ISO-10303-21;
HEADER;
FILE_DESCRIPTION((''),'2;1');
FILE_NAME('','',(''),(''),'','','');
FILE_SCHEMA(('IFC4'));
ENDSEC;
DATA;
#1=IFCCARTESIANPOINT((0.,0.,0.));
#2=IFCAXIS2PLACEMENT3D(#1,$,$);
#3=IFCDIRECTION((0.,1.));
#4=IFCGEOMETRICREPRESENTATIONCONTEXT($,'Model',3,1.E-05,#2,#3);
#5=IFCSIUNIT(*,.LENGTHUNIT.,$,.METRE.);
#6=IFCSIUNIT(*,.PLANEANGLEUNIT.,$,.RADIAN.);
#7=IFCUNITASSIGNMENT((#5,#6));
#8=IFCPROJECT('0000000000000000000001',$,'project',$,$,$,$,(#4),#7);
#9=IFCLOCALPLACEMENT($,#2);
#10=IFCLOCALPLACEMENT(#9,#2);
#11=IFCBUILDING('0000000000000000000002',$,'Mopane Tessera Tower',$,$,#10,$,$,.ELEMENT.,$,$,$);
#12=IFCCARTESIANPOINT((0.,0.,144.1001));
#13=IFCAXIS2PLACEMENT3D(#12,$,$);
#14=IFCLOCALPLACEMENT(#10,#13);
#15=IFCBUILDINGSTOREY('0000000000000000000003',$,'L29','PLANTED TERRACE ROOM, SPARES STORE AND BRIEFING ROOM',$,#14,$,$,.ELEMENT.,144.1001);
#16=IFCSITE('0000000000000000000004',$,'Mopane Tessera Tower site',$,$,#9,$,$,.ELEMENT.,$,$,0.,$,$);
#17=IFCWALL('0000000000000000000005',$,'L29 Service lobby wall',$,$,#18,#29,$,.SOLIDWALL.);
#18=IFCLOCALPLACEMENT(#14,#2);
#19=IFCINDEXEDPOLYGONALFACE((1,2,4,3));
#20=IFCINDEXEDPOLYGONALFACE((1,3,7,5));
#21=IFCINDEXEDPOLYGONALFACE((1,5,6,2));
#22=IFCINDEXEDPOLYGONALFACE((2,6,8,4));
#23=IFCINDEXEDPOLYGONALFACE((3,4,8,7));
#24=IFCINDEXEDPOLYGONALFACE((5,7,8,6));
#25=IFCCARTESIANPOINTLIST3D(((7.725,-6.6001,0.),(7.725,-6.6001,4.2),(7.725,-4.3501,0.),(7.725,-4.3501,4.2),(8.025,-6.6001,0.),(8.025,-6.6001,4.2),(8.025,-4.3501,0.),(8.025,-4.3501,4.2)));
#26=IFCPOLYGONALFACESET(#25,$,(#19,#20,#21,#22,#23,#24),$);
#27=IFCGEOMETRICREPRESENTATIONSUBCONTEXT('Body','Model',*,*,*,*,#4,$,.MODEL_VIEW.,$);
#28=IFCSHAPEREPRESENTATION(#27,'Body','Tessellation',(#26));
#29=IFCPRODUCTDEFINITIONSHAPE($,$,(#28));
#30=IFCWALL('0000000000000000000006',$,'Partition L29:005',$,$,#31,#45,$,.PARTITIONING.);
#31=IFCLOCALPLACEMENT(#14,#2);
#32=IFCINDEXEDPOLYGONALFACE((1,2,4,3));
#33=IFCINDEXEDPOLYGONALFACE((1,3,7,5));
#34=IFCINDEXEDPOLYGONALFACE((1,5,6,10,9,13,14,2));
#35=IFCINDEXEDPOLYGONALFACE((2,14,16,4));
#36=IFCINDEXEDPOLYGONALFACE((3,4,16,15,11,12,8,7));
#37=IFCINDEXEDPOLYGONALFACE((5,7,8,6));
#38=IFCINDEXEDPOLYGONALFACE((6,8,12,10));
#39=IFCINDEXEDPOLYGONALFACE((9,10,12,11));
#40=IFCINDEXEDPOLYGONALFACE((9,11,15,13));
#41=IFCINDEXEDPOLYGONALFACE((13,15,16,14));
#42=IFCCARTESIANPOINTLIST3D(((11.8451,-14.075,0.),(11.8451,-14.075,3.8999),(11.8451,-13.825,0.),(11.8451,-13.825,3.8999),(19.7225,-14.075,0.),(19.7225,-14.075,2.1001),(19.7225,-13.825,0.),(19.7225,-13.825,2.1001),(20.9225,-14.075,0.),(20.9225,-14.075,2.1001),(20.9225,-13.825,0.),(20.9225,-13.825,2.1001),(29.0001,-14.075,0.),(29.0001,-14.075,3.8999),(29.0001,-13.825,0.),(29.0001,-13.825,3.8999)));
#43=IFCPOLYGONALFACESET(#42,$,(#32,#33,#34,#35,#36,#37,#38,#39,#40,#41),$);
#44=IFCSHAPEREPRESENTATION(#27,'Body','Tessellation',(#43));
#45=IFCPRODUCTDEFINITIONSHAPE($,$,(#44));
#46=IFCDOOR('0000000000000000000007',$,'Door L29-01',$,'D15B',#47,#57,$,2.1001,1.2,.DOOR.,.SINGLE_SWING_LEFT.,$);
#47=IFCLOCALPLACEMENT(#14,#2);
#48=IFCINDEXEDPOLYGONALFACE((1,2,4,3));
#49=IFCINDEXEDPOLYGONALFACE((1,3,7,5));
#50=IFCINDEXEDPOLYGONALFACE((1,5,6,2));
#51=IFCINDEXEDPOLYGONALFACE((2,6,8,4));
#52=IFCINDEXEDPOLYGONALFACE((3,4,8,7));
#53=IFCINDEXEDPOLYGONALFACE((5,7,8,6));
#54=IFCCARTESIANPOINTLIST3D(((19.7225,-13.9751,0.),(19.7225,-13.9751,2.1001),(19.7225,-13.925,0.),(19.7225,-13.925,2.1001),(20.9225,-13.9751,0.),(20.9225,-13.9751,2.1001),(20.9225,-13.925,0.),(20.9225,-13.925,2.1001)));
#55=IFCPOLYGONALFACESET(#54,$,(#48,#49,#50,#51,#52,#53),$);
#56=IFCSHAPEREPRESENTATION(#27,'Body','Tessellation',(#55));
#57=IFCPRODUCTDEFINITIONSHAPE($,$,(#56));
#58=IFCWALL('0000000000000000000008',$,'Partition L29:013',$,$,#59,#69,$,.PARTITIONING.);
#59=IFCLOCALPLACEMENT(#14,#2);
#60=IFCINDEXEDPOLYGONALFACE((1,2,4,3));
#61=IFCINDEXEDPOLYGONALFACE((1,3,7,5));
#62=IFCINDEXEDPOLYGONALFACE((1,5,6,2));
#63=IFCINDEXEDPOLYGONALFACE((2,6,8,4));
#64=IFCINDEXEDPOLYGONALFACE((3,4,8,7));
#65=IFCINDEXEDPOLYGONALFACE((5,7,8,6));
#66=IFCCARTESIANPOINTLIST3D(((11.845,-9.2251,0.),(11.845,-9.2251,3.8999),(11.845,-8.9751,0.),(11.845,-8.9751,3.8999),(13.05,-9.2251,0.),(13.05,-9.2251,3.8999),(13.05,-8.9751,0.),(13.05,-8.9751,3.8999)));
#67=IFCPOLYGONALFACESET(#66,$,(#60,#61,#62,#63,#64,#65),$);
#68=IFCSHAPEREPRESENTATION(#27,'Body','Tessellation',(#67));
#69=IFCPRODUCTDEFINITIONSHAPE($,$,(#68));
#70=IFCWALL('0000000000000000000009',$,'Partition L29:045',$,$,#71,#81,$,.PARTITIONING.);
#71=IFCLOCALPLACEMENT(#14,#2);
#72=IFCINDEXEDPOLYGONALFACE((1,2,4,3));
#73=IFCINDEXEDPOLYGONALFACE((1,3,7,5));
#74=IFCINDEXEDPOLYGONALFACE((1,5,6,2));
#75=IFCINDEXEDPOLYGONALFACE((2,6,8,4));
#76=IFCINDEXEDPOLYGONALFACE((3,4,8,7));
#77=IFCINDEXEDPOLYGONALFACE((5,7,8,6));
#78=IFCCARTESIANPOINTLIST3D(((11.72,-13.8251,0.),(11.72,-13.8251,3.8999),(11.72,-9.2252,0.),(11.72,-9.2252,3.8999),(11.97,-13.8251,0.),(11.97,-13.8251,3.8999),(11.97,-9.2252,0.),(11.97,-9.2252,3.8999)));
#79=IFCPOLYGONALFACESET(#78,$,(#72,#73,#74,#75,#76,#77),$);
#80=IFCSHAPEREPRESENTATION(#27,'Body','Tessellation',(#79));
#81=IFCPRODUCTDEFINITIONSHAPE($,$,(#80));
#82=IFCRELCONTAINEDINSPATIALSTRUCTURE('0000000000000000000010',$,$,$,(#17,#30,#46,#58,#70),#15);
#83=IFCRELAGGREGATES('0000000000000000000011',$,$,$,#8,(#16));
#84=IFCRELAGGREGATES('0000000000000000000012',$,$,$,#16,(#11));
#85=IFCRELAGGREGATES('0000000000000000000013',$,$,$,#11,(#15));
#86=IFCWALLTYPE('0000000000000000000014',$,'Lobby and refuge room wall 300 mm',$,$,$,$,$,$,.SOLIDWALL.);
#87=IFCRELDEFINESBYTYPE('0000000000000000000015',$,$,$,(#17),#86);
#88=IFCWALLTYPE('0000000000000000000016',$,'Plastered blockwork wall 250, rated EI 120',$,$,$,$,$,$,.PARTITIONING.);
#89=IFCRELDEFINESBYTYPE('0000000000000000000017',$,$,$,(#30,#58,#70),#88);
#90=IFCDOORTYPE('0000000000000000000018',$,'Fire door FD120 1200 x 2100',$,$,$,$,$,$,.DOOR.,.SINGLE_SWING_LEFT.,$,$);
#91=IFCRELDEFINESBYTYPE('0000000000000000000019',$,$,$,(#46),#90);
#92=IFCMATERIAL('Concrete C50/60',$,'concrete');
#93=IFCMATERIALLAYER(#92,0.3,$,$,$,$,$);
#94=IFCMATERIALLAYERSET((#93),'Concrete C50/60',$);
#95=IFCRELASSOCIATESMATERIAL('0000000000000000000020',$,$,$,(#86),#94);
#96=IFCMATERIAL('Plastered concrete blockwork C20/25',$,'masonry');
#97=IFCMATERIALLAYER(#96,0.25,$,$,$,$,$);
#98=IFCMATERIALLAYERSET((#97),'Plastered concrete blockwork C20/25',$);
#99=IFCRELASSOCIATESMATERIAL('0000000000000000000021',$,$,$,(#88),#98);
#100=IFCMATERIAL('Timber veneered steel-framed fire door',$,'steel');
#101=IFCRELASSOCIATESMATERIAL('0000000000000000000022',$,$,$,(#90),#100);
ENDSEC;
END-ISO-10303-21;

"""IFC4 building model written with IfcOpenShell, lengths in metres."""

from ifc_helpers import new_model, si_unit, direction, frame, frame_2d, origin, place, context, subcontext, project, spatial, rectangle, extrude, material, layer, layer_set, type_object, element, fill, save


model = new_model("IFC4")

# Units and contexts
model_context = context("Model", 3, precision=1e-05, world=origin(), true_north=direction((0.0, 1.0)))
body_context = subcontext(model_context, "Body", "Model", "MODEL_VIEW")
ifc_project = project(units=[si_unit("LENGTHUNIT", "METRE"), si_unit("PLANEANGLEUNIT", "RADIAN")], contexts=[model_context])

# Site, building, storey
site_placement = place(None, origin())
site = spatial("IfcSite", under=ifc_project, at=site_placement, Name="Mopane Tessera Tower site", CompositionType="ELEMENT", RefElevation=0.0)
building_placement = place(site_placement, origin())
building = spatial("IfcBuilding", under=site, at=building_placement, Name="Mopane Tessera Tower", CompositionType="ELEMENT")
storey_placement = place(building_placement, frame((0.0, 0.0, 144.1001)))
storey = spatial("IfcBuildingStorey", under=building, at=storey_placement, Name="L29", Description="PLANTED TERRACE ROOM, SPARES STORE AND BRIEFING ROOM", CompositionType="ELEMENT", Elevation=144.1001)

# Wall
ifc_material_1 = material(Name="Concrete C50/60", Category="concrete")
ifc_layer_1 = layer(ifc_material_1, 0.3)
ifc_layer_set_1 = layer_set([ifc_layer_1], Name="Concrete C50/60")
wall_type_1 = type_object("IfcWallType", Name="Lobby and refuge room wall 300 mm", PredefinedType="SOLIDWALL", material=ifc_layer_set_1)
for number, where, z_axis, x_axis, name in (
    (1, (7.875, -6.6001, 0.0), (0.0, 0.0, 1.0), (0.0, 1.0, 0.0), "L29 Service lobby wall"),
):
    element("IfcWall", number, at=place(storey_placement, frame(where, z_axis=z_axis, x_axis=x_axis)), inside=storey, type_object=wall_type_1, Name=name, PredefinedType="SOLIDWALL", context=body_context, shape_type="SweptSolid", body=[
        extrude(rectangle(XDim=2.25, YDim=0.3, at=frame_2d((1.125, 0.0))), origin(), (0.0, 0.0, 1.0), 4.2),
    ])

# Wall, opening, door
ifc_material_2 = material(Name="Plastered concrete blockwork C20/25", Category="masonry")
ifc_layer_2 = layer(ifc_material_2, 0.25)
ifc_layer_set_2 = layer_set([ifc_layer_2], Name="Plastered concrete blockwork C20/25")
wall_type_2 = type_object("IfcWallType", Name="Plastered blockwork wall 250, rated EI 120", PredefinedType="PARTITIONING", material=ifc_layer_set_2)
wall_1_placement = place(storey_placement, frame((11.845, -13.95, 0.0), z_axis=(0.0, 0.0, 1.0), x_axis=(1.0, 0.0, 0.0)))
wall_1 = element("IfcWall", 2, at=wall_1_placement, inside=storey, type_object=wall_type_2, Name="Partition L29:005", PredefinedType="PARTITIONING", context=body_context, shape_type="SweptSolid", body=[
    extrude(rectangle(XDim=17.155, YDim=0.25, at=frame_2d((8.5776, 0.0))), origin(), (0.0, 0.0, 1.0), 3.8999),
])
opening_placement = place(wall_1_placement, frame((7.8774, 0.0, 0.0)))
opening = element("IfcOpeningElement", 3, at=opening_placement, cuts=wall_1, PredefinedType="OPENING", context=body_context, shape_type="SweptSolid", body=[
    extrude(rectangle(XDim=1.2, YDim=2.1001, at=frame_2d((0.6001, 1.05))), frame((0.0, 0.137, 0.0), z_axis=(0.0, -1.0, 0.0), x_axis=(1.0, 0.0, 0.0)), (0.0, 0.0, 1.0), 0.2739),
])
ifc_material_3 = material(Name="Timber veneered steel-framed fire door", Category="steel")
door_type = type_object("IfcDoorType", Name="Fire door FD120 1200 x 2100", OperationType="SINGLE_SWING_LEFT", PredefinedType="DOOR", material=ifc_material_3)
door_placement = place(opening_placement, origin())
door = element("IfcDoor", 4, at=door_placement, inside=storey, type_object=door_type, Name="Door L29-01", ObjectType="D15B", OperationType="SINGLE_SWING_LEFT", OverallHeight=2.1001, OverallWidth=1.2, PredefinedType="DOOR", context=body_context, shape_type="SweptSolid", body=[
    extrude(rectangle(XDim=1.2, YDim=2.1001, at=frame_2d((0.6001, 1.05))), frame((0.0, 0.0249, 0.0), z_axis=(0.0, -1.0, 0.0), x_axis=(1.0, 0.0, 0.0)), (0.0, 0.0, 1.0), 0.05),
])
fill(opening, door)

# Walls
wall_2_placement = place(storey_placement, frame((11.845, -9.1001, 0.0), z_axis=(0.0, 0.0, 1.0), x_axis=(1.0, 0.0, 0.0)))
element("IfcWall", 5, at=wall_2_placement, inside=storey, type_object=wall_type_2, Name="Partition L29:013", PredefinedType="PARTITIONING", context=body_context, shape_type="SweptSolid", body=[
    extrude(rectangle(XDim=1.2051, YDim=0.25, at=frame_2d((0.6025, 0.0))), origin(), (0.0, 0.0, 1.0), 3.8999),
])
wall_3_placement = place(storey_placement, frame((11.845, -13.825, 0.0), z_axis=(0.0, 0.0, 1.0), x_axis=(0.0, 1.0, 0.0)))
element("IfcWall", 6, at=wall_3_placement, inside=storey, type_object=wall_type_2, Name="Partition L29:045", PredefinedType="PARTITIONING", context=body_context, shape_type="SweptSolid", body=[
    extrude(rectangle(XDim=4.5999, YDim=0.25, at=frame_2d((2.2998, 0.0))), origin(), (0.0, 0.0, 1.0), 3.8999),
])

save(model, "model.ifc")
